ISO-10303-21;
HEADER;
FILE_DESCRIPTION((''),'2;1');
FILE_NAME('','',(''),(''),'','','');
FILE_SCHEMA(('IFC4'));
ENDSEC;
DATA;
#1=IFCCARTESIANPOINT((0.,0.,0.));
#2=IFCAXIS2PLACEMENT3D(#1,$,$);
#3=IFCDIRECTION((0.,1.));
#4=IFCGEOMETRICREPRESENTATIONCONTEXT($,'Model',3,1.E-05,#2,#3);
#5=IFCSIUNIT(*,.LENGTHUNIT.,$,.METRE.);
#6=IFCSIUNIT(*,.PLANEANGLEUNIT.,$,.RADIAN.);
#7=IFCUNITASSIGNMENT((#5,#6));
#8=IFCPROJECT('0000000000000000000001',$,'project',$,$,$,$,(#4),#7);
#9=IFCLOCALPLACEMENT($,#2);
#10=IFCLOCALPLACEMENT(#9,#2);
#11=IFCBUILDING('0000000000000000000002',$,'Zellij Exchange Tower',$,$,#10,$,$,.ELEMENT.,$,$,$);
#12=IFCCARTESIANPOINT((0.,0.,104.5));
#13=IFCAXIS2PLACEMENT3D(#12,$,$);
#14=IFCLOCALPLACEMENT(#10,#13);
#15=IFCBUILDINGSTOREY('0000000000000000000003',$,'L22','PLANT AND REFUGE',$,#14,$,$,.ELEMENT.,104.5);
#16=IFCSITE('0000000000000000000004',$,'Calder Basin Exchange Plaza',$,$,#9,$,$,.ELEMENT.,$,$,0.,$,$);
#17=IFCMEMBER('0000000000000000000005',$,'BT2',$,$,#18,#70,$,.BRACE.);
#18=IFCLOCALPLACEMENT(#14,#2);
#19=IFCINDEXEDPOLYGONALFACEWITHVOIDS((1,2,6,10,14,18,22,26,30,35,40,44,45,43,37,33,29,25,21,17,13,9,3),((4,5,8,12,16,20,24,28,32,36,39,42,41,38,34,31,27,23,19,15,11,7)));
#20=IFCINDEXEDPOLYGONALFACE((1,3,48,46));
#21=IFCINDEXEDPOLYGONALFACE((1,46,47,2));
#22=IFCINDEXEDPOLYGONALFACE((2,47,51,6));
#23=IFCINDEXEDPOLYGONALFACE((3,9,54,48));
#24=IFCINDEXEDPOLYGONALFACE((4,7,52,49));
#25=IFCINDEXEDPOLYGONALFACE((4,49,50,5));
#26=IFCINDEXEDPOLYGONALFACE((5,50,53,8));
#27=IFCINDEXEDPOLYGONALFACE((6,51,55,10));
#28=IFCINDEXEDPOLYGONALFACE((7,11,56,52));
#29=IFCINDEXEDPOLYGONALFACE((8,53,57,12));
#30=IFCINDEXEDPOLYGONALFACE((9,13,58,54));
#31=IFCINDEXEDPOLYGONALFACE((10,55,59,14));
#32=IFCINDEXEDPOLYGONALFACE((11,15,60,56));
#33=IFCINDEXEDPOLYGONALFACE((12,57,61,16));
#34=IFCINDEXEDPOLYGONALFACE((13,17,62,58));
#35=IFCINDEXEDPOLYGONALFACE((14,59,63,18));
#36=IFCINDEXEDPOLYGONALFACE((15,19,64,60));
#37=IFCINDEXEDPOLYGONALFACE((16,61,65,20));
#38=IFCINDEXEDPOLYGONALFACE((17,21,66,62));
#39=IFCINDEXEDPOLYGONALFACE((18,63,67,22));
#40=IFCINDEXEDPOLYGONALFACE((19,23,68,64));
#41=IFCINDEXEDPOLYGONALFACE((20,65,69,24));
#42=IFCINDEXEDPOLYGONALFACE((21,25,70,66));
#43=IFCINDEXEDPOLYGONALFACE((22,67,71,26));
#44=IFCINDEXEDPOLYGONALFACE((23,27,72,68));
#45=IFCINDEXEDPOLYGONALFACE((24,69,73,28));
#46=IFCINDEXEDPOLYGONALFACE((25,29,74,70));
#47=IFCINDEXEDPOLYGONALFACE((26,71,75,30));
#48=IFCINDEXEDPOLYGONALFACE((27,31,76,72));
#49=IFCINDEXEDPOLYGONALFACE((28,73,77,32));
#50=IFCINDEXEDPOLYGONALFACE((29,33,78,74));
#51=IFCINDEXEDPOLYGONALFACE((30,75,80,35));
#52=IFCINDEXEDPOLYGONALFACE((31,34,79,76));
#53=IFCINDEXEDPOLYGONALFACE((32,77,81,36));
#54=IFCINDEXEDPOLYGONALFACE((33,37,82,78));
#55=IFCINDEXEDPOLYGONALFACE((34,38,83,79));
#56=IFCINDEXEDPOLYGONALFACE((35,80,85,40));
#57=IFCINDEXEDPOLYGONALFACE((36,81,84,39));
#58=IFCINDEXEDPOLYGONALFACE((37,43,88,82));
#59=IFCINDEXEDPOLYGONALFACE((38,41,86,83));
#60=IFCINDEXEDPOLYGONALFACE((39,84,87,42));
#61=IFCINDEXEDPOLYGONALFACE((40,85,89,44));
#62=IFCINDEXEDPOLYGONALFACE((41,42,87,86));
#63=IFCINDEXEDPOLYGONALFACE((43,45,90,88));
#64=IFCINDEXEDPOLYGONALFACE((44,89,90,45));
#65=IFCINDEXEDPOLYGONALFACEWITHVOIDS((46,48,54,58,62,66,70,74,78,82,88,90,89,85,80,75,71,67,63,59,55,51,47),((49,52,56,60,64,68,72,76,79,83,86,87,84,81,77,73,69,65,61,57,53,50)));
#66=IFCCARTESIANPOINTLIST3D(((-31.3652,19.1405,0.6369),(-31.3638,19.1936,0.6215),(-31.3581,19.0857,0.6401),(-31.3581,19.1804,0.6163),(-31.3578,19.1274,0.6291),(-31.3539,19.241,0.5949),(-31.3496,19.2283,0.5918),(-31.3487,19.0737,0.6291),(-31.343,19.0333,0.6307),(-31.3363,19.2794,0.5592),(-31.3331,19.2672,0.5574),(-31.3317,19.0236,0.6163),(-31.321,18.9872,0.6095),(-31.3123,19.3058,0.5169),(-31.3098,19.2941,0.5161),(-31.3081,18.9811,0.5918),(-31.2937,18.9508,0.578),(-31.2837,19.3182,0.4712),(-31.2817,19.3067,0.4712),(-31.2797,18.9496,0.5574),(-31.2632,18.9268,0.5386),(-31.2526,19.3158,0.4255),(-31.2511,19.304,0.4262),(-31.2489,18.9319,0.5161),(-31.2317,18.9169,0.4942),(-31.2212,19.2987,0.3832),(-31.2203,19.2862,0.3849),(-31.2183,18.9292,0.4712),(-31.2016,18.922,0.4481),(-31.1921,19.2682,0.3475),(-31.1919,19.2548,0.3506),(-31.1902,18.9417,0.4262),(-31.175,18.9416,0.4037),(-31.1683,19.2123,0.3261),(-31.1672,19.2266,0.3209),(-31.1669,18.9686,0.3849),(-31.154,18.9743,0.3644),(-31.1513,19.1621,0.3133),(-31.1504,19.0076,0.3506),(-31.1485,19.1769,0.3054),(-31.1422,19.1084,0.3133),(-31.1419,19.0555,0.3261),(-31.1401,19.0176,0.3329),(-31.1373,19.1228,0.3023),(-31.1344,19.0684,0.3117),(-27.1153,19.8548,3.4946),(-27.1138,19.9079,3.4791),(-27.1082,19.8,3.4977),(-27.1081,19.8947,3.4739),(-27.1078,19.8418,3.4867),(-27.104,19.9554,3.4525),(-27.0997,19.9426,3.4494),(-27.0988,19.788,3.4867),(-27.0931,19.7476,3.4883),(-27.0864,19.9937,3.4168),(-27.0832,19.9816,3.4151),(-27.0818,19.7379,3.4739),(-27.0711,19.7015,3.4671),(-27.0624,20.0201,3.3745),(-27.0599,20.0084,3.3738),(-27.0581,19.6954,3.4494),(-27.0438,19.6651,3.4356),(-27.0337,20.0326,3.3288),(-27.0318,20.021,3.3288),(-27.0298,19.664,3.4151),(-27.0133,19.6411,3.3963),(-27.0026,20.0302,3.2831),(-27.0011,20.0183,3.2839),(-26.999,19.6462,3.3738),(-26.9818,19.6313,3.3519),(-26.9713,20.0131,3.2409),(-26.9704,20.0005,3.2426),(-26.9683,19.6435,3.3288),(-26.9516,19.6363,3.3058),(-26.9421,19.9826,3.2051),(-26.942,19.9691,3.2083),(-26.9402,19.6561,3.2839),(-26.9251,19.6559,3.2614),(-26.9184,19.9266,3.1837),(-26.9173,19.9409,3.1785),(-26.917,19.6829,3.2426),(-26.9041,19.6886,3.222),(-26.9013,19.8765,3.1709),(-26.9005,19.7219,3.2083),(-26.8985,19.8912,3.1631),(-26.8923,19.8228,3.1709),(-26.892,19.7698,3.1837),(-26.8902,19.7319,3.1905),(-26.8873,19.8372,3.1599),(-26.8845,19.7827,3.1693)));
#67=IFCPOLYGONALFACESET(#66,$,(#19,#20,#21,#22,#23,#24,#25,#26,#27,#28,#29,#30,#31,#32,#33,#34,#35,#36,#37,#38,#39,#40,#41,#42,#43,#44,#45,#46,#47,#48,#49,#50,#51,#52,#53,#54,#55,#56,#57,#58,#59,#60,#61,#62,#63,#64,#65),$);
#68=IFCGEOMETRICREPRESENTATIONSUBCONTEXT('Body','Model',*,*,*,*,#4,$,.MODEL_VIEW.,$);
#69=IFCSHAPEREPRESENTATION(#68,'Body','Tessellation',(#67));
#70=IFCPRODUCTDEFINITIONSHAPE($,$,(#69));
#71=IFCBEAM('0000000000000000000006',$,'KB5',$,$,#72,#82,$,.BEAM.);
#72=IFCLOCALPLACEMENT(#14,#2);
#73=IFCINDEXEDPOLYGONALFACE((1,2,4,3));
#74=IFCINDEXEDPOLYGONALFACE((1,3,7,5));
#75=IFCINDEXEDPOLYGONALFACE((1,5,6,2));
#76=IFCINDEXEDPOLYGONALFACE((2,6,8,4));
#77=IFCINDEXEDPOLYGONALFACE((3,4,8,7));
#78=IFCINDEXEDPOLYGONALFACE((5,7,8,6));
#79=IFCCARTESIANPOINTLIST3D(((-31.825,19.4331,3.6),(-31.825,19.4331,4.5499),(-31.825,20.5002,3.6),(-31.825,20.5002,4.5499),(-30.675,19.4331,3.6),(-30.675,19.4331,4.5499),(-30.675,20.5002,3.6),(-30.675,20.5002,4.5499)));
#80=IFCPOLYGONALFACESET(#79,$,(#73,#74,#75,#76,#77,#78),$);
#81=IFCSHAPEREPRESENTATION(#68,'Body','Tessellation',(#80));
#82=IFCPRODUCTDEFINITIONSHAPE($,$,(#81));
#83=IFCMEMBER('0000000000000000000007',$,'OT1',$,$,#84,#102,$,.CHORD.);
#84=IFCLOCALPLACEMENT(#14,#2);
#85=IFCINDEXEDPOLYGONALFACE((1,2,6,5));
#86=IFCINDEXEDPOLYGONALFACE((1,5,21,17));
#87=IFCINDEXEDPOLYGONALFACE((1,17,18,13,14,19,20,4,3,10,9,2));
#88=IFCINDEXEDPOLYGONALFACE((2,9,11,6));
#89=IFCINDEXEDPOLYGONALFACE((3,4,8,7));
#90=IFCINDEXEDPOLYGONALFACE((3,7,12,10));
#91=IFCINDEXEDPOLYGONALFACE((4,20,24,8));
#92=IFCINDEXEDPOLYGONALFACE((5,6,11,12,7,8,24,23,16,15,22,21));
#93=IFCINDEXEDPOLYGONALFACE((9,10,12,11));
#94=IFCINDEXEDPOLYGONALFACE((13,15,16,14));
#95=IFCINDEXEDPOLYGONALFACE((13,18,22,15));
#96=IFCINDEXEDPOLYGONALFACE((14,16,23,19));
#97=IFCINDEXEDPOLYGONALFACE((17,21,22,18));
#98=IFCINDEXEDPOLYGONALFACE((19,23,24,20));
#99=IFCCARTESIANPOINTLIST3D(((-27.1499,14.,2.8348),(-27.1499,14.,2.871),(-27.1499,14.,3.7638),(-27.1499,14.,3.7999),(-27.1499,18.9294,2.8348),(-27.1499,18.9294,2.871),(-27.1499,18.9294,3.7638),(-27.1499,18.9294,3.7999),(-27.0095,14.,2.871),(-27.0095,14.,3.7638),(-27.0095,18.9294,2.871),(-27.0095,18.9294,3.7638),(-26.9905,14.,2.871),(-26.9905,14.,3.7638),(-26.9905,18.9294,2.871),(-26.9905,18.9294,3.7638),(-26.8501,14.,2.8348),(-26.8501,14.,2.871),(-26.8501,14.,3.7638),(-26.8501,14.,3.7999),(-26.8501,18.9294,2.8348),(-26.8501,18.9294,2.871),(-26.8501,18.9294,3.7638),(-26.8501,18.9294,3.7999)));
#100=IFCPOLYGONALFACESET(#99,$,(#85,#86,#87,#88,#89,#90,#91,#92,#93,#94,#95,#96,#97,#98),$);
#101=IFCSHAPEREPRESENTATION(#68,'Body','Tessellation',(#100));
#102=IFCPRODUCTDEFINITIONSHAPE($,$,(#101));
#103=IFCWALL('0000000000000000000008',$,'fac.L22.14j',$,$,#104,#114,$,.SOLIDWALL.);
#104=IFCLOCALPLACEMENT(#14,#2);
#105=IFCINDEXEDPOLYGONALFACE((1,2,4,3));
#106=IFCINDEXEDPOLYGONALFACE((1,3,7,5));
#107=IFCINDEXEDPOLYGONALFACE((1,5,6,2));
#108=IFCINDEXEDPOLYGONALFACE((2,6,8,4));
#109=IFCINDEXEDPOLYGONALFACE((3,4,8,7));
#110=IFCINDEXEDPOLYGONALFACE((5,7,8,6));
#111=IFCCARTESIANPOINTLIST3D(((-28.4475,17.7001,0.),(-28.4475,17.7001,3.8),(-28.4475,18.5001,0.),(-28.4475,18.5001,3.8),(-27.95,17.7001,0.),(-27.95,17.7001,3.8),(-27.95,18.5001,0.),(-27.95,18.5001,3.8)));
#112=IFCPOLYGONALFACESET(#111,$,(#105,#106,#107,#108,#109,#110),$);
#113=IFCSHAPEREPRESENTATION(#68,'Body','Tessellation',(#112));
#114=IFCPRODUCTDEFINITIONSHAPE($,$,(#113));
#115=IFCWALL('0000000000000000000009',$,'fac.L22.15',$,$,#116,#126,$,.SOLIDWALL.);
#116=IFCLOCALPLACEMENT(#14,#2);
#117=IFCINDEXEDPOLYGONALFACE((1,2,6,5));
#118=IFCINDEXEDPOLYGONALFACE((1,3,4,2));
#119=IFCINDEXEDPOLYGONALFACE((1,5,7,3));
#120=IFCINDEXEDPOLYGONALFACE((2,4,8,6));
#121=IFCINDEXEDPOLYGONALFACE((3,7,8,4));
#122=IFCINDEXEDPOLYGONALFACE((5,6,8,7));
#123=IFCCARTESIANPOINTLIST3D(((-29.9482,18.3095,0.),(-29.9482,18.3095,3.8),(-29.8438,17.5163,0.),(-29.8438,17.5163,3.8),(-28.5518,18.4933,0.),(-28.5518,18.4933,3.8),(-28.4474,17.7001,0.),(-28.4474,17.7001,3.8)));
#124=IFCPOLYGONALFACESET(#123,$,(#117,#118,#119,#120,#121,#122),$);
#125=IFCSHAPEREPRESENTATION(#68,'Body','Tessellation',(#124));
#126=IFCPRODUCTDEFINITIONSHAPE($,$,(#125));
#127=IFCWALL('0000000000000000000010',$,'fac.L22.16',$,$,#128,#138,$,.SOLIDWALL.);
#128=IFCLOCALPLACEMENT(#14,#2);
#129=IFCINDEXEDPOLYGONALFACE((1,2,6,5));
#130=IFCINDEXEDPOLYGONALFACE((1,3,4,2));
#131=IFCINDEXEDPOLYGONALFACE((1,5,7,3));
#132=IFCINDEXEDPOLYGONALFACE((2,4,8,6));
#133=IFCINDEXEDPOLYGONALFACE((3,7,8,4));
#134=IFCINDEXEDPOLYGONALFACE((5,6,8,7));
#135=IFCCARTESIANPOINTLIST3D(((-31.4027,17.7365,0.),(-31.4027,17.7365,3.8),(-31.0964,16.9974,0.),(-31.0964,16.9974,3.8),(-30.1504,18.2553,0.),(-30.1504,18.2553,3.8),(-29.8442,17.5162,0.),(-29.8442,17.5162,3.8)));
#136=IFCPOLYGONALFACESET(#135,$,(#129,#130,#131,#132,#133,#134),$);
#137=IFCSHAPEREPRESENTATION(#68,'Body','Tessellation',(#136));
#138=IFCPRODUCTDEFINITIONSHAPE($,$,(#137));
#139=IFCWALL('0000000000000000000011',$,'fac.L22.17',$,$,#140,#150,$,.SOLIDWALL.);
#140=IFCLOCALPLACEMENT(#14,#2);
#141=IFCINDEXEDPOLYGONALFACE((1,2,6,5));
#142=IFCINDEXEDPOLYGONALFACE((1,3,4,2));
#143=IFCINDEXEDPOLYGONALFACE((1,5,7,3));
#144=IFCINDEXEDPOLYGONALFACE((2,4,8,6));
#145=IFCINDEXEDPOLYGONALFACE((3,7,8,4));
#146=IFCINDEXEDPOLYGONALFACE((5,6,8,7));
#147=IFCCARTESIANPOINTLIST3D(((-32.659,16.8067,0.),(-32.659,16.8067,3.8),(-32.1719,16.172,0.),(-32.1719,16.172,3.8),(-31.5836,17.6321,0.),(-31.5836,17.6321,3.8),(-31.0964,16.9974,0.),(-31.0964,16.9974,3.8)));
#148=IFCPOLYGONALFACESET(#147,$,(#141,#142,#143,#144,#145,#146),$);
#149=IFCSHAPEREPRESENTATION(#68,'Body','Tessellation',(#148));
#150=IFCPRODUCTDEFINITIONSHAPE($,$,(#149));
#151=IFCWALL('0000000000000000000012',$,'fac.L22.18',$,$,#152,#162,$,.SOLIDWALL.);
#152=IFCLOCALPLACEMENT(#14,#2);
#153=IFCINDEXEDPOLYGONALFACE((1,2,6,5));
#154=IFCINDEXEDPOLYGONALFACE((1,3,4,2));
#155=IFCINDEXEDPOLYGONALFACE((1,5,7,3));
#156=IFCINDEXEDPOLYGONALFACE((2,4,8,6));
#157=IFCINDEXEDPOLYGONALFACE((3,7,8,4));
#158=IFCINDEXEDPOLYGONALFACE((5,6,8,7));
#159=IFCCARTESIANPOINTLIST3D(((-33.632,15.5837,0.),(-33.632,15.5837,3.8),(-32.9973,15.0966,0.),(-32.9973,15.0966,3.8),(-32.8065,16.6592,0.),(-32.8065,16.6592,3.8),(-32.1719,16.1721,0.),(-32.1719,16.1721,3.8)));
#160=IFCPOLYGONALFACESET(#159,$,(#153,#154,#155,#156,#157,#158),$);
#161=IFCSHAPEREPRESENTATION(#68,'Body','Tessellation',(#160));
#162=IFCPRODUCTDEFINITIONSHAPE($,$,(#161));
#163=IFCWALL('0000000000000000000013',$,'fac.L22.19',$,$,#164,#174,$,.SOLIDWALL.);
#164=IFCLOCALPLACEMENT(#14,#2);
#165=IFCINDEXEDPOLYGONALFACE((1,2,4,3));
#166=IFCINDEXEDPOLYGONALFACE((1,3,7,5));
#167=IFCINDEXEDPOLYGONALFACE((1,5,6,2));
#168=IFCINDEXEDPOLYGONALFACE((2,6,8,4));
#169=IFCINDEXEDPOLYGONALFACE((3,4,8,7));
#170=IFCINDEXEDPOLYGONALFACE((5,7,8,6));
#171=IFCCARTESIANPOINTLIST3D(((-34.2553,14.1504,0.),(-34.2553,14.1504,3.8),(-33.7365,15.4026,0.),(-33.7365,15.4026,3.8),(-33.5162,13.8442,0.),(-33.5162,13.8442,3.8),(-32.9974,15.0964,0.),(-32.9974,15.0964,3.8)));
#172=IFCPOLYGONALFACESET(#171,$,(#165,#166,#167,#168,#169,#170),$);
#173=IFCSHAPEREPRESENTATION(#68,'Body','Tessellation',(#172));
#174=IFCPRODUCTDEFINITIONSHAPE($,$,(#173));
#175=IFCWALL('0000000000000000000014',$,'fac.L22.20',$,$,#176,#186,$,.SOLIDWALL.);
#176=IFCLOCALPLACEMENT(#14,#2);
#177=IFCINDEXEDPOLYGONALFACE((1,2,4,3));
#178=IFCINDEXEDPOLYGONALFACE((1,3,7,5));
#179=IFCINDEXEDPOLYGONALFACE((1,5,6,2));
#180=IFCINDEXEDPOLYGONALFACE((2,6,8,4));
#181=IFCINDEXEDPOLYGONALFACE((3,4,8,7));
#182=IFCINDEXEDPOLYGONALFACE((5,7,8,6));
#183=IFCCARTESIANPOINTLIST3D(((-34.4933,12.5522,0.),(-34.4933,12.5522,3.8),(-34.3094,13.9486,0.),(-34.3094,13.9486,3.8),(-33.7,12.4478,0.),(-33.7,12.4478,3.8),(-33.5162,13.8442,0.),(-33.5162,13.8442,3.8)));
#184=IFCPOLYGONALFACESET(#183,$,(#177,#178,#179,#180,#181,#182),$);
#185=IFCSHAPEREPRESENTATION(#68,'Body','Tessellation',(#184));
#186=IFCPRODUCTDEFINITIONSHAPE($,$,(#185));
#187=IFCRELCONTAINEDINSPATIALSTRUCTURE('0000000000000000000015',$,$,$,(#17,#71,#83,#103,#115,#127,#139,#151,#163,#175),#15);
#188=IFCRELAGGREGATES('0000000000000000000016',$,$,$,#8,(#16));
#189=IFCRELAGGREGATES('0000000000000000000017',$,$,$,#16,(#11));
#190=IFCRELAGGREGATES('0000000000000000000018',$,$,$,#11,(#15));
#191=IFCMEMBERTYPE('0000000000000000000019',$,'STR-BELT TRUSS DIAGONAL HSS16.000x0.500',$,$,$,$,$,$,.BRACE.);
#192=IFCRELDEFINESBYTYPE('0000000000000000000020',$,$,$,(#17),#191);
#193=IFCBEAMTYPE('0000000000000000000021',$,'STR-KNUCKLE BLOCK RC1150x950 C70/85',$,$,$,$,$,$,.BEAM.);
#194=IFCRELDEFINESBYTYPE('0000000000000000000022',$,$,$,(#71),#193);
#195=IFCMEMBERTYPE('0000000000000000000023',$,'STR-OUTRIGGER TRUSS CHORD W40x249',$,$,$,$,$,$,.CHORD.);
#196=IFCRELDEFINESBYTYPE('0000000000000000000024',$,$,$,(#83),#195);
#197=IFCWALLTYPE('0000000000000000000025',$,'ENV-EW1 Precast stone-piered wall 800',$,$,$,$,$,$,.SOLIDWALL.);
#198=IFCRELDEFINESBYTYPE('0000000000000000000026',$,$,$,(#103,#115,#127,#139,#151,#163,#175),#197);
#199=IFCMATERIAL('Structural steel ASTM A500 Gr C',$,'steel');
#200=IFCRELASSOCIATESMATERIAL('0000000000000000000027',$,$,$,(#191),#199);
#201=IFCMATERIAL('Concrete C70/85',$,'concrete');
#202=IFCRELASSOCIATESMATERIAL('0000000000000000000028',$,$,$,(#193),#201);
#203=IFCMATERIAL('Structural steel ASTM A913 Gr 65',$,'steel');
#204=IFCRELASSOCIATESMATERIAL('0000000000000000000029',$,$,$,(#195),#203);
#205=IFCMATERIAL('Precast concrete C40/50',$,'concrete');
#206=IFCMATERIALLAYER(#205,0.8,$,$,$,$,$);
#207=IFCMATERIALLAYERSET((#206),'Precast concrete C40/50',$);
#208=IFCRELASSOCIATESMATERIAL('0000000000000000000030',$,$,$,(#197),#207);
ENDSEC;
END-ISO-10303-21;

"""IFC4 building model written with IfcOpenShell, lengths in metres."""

from ifc_helpers import new_model, si_unit, direction, frame, frame_2d, origin, origin_2d, place, context, subcontext, project, spatial, rectangle, hollow_circle, i_section, extrude, material, layer, layer_set, material_profile, profile_set, type_object, element, save


model = new_model("IFC4")

# Units and contexts
model_context = context("Model", 3, precision=1e-05, world=origin(), true_north=direction((0.0, 1.0)))
body_context = subcontext(model_context, "Body", "Model", "MODEL_VIEW")
ifc_project = project(units=[si_unit("LENGTHUNIT", "METRE"), si_unit("PLANEANGLEUNIT", "RADIAN")], contexts=[model_context])

# Site, building, storey
site_placement = place(None, origin())
site = spatial("IfcSite", under=ifc_project, at=site_placement, Name="Calder Basin Exchange Plaza", CompositionType="ELEMENT", RefElevation=0.0)
building_placement = place(site_placement, origin())
building = spatial("IfcBuilding", under=site, at=building_placement, Name="Zellij Exchange Tower", CompositionType="ELEMENT")
storey_placement = place(building_placement, frame((0.0, 0.0, 104.5)))
storey = spatial("IfcBuildingStorey", under=building, at=storey_placement, Name="L22", Description="PLANT AND REFUGE", CompositionType="ELEMENT", Elevation=104.5)

# Shared definitions
ifc_material_1 = material(Name="Concrete C70/85", Category="concrete")

# Member
ifc_material_2 = material(Name="Structural steel ASTM A500 Gr C", Category="steel")
ifc_material_profile_1 = material_profile(ifc_material_2, hollow_circle(Radius=0.2031, WallThickness=0.0117, at=origin_2d()), Name="STR-BELT TRUSS DIAGONAL HSS16.000x0.500")
ifc_profile_set_1 = profile_set([ifc_material_profile_1], Name="Structural steel ASTM A500 Gr C")
member_type_1 = type_object("IfcMemberType", Name="STR-BELT TRUSS DIAGONAL HSS16.000x0.500", PredefinedType="BRACE", material=ifc_profile_set_1)
member_1_placement = place(storey_placement, frame((-31.25, 19.1179, 0.4712), z_axis=(0.821894, 0.138147, 0.552635), x_axis=(-0.165758, 0.986166, 0.0)))
element("IfcMember", 1, at=member_1_placement, inside=storey, type_object=member_type_1, Name="BT2", PredefinedType="BRACE", context=body_context, shape_type="SweptSolid", body=[
    extrude(hollow_circle(Radius=0.2031, WallThickness=0.0117, at=origin_2d()), origin(), (0.0, 0.0, 1.0), 5.1709),
])

# Beam
ifc_material_profile_2 = material_profile(ifc_material_1, rectangle(XDim=1.1499, YDim=0.95, at=origin_2d()), Name="STR-KNUCKLE BLOCK RC1150x950 C70/85")
ifc_profile_set_2 = profile_set([ifc_material_profile_2], Name="Concrete C70/85")
beam_type = type_object("IfcBeamType", Name="STR-KNUCKLE BLOCK RC1150x950 C70/85", PredefinedType="BEAM", material=ifc_profile_set_2)
beam_placement = place(storey_placement, frame((-31.25, 19.4331, 4.075), z_axis=(0.0, 1.0, 0.0), x_axis=(-1.0, 0.0, 0.0)))
element("IfcBeam", 2, at=beam_placement, inside=storey, type_object=beam_type, Name="KB5", PredefinedType="BEAM", context=body_context, shape_type="SweptSolid", body=[
    extrude(rectangle(XDim=1.1499, YDim=0.95, at=origin_2d()), origin(), (0.0, 0.0, 1.0), 1.0671),
])

# Member
ifc_material_3 = material(Name="Structural steel ASTM A913 Gr 65", Category="steel")
ifc_material_profile_3 = material_profile(ifc_material_3, i_section(OverallWidth=0.2998, OverallDepth=0.9651, WebThickness=0.019, FlangeThickness=0.0361, at=origin_2d()), Name="W40x249")
ifc_profile_set_3 = profile_set([ifc_material_profile_3], Name="Structural steel ASTM A913 Gr 65")
member_type_2 = type_object("IfcMemberType", Name="STR-OUTRIGGER TRUSS CHORD W40x249", PredefinedType="CHORD", material=ifc_profile_set_3)
member_2_placement = place(storey_placement, frame((-27.0, 14.0, 3.3174), z_axis=(0.0, 1.0, 0.0), x_axis=(-1.0, 0.0, 0.0)))
element("IfcMember", 3, at=member_2_placement, inside=storey, type_object=member_type_2, Name="OT1", PredefinedType="CHORD", context=body_context, shape_type="SweptSolid", body=[
    extrude(i_section(OverallWidth=0.2998, OverallDepth=0.9651, WebThickness=0.019, FlangeThickness=0.0361, at=origin_2d()), origin(), (0.0, 0.0, 1.0), 4.9294),
])

# Walls
ifc_material_4 = material(Name="Precast concrete C40/50", Category="concrete")
ifc_layer_1 = layer(ifc_material_4, 0.8)
ifc_layer_set_1 = layer_set([ifc_layer_1], Name="Precast concrete C40/50")
wall_type_1 = type_object("IfcWallType", Name="ENV-EW1 Precast stone-piered wall 800", PredefinedType="SOLIDWALL", material=ifc_layer_set_1)
wall_1_placement = place(storey_placement, frame((-27.95, 18.1001, 0.0), z_axis=(0.0, 0.0, 1.0), x_axis=(-1.0, 0.0, 0.0)))
element("IfcWall", 4, at=wall_1_placement, inside=storey, type_object=wall_type_1, Name="fac.L22.14j", PredefinedType="SOLIDWALL", context=body_context, shape_type="SweptSolid", body=[
    extrude(rectangle(XDim=0.4976, YDim=0.8, at=frame_2d((0.2488, 0.0))), origin(), (0.0, 0.0, 1.0), 3.8),
])
wall_2_placement = place(storey_placement, frame((-28.4998, 18.0967, 0.0), z_axis=(0.0, 0.0, 1.0), x_axis=(-0.991446, -0.130517, 0.0)))
element("IfcWall", 5, at=wall_2_placement, inside=storey, type_object=wall_type_1, Name="fac.L22.15", PredefinedType="SOLIDWALL", context=body_context, shape_type="SweptSolid", body=[
    extrude(rectangle(XDim=1.4084, YDim=0.8, at=frame_2d((0.7041, 0.0))), origin(), (0.0, 0.0, 1.0), 3.8),
])
wall_3_placement = place(storey_placement, frame((-29.9973, 17.8857, 0.0), z_axis=(0.0, 0.0, 1.0), x_axis=(-0.923848, -0.38276, 0.0)))
element("IfcWall", 6, at=wall_3_placement, inside=storey, type_object=wall_type_1, Name="fac.L22.16", PredefinedType="SOLIDWALL", context=body_context, shape_type="SweptSolid", body=[
    extrude(rectangle(XDim=1.3555, YDim=0.8, at=frame_2d((0.6777, 0.0))), origin(), (0.0, 0.0, 1.0), 3.8),
])
for number, where, z_axis, x_axis, name in (
    (7, (-31.3401, 17.3147, 0.0), (0.0, 0.0, 1.0), (-0.793273, -0.608866, 0.0), "fac.L22.17"),
    (8, (-32.4893, 16.4155, 0.0), (0.0, 0.0, 1.0), (-0.608866, -0.793273, 0.0), "fac.L22.18"),
):
    element("IfcWall", number, at=place(storey_placement, frame(where, z_axis=z_axis, x_axis=x_axis)), inside=storey, type_object=wall_type_1, Name=name, PredefinedType="SOLIDWALL", context=body_context, shape_type="SweptSolid", body=[
        extrude(rectangle(XDim=1.3557, YDim=0.8, at=frame_2d((0.6777, 0.0))), origin(), (0.0, 0.0, 1.0), 3.8),
    ])
wall_4_placement = place(storey_placement, frame((-33.3669, 15.2495, 0.0), z_axis=(0.0, 0.0, 1.0), x_axis=(-0.38276, -0.923848, 0.0)))
element("IfcWall", 9, at=wall_4_placement, inside=storey, type_object=wall_type_1, Name="fac.L22.19", PredefinedType="SOLIDWALL", context=body_context, shape_type="SweptSolid", body=[
    extrude(rectangle(XDim=1.3555, YDim=0.8, at=frame_2d((0.6777, 0.0))), origin(), (0.0, 0.0, 1.0), 3.8),
])
wall_5_placement = place(storey_placement, frame((-33.9128, 13.8962, 0.0), z_axis=(0.0, 0.0, 1.0), x_axis=(-0.130517, -0.991446, 0.0)))
element("IfcWall", 10, at=wall_5_placement, inside=storey, type_object=wall_type_1, Name="fac.L22.20", PredefinedType="SOLIDWALL", context=body_context, shape_type="SweptSolid", body=[
    extrude(rectangle(XDim=1.4084, YDim=0.8, at=frame_2d((0.7041, 0.0))), origin(), (0.0, 0.0, 1.0), 3.8),
])

save(model, "model.ifc")
